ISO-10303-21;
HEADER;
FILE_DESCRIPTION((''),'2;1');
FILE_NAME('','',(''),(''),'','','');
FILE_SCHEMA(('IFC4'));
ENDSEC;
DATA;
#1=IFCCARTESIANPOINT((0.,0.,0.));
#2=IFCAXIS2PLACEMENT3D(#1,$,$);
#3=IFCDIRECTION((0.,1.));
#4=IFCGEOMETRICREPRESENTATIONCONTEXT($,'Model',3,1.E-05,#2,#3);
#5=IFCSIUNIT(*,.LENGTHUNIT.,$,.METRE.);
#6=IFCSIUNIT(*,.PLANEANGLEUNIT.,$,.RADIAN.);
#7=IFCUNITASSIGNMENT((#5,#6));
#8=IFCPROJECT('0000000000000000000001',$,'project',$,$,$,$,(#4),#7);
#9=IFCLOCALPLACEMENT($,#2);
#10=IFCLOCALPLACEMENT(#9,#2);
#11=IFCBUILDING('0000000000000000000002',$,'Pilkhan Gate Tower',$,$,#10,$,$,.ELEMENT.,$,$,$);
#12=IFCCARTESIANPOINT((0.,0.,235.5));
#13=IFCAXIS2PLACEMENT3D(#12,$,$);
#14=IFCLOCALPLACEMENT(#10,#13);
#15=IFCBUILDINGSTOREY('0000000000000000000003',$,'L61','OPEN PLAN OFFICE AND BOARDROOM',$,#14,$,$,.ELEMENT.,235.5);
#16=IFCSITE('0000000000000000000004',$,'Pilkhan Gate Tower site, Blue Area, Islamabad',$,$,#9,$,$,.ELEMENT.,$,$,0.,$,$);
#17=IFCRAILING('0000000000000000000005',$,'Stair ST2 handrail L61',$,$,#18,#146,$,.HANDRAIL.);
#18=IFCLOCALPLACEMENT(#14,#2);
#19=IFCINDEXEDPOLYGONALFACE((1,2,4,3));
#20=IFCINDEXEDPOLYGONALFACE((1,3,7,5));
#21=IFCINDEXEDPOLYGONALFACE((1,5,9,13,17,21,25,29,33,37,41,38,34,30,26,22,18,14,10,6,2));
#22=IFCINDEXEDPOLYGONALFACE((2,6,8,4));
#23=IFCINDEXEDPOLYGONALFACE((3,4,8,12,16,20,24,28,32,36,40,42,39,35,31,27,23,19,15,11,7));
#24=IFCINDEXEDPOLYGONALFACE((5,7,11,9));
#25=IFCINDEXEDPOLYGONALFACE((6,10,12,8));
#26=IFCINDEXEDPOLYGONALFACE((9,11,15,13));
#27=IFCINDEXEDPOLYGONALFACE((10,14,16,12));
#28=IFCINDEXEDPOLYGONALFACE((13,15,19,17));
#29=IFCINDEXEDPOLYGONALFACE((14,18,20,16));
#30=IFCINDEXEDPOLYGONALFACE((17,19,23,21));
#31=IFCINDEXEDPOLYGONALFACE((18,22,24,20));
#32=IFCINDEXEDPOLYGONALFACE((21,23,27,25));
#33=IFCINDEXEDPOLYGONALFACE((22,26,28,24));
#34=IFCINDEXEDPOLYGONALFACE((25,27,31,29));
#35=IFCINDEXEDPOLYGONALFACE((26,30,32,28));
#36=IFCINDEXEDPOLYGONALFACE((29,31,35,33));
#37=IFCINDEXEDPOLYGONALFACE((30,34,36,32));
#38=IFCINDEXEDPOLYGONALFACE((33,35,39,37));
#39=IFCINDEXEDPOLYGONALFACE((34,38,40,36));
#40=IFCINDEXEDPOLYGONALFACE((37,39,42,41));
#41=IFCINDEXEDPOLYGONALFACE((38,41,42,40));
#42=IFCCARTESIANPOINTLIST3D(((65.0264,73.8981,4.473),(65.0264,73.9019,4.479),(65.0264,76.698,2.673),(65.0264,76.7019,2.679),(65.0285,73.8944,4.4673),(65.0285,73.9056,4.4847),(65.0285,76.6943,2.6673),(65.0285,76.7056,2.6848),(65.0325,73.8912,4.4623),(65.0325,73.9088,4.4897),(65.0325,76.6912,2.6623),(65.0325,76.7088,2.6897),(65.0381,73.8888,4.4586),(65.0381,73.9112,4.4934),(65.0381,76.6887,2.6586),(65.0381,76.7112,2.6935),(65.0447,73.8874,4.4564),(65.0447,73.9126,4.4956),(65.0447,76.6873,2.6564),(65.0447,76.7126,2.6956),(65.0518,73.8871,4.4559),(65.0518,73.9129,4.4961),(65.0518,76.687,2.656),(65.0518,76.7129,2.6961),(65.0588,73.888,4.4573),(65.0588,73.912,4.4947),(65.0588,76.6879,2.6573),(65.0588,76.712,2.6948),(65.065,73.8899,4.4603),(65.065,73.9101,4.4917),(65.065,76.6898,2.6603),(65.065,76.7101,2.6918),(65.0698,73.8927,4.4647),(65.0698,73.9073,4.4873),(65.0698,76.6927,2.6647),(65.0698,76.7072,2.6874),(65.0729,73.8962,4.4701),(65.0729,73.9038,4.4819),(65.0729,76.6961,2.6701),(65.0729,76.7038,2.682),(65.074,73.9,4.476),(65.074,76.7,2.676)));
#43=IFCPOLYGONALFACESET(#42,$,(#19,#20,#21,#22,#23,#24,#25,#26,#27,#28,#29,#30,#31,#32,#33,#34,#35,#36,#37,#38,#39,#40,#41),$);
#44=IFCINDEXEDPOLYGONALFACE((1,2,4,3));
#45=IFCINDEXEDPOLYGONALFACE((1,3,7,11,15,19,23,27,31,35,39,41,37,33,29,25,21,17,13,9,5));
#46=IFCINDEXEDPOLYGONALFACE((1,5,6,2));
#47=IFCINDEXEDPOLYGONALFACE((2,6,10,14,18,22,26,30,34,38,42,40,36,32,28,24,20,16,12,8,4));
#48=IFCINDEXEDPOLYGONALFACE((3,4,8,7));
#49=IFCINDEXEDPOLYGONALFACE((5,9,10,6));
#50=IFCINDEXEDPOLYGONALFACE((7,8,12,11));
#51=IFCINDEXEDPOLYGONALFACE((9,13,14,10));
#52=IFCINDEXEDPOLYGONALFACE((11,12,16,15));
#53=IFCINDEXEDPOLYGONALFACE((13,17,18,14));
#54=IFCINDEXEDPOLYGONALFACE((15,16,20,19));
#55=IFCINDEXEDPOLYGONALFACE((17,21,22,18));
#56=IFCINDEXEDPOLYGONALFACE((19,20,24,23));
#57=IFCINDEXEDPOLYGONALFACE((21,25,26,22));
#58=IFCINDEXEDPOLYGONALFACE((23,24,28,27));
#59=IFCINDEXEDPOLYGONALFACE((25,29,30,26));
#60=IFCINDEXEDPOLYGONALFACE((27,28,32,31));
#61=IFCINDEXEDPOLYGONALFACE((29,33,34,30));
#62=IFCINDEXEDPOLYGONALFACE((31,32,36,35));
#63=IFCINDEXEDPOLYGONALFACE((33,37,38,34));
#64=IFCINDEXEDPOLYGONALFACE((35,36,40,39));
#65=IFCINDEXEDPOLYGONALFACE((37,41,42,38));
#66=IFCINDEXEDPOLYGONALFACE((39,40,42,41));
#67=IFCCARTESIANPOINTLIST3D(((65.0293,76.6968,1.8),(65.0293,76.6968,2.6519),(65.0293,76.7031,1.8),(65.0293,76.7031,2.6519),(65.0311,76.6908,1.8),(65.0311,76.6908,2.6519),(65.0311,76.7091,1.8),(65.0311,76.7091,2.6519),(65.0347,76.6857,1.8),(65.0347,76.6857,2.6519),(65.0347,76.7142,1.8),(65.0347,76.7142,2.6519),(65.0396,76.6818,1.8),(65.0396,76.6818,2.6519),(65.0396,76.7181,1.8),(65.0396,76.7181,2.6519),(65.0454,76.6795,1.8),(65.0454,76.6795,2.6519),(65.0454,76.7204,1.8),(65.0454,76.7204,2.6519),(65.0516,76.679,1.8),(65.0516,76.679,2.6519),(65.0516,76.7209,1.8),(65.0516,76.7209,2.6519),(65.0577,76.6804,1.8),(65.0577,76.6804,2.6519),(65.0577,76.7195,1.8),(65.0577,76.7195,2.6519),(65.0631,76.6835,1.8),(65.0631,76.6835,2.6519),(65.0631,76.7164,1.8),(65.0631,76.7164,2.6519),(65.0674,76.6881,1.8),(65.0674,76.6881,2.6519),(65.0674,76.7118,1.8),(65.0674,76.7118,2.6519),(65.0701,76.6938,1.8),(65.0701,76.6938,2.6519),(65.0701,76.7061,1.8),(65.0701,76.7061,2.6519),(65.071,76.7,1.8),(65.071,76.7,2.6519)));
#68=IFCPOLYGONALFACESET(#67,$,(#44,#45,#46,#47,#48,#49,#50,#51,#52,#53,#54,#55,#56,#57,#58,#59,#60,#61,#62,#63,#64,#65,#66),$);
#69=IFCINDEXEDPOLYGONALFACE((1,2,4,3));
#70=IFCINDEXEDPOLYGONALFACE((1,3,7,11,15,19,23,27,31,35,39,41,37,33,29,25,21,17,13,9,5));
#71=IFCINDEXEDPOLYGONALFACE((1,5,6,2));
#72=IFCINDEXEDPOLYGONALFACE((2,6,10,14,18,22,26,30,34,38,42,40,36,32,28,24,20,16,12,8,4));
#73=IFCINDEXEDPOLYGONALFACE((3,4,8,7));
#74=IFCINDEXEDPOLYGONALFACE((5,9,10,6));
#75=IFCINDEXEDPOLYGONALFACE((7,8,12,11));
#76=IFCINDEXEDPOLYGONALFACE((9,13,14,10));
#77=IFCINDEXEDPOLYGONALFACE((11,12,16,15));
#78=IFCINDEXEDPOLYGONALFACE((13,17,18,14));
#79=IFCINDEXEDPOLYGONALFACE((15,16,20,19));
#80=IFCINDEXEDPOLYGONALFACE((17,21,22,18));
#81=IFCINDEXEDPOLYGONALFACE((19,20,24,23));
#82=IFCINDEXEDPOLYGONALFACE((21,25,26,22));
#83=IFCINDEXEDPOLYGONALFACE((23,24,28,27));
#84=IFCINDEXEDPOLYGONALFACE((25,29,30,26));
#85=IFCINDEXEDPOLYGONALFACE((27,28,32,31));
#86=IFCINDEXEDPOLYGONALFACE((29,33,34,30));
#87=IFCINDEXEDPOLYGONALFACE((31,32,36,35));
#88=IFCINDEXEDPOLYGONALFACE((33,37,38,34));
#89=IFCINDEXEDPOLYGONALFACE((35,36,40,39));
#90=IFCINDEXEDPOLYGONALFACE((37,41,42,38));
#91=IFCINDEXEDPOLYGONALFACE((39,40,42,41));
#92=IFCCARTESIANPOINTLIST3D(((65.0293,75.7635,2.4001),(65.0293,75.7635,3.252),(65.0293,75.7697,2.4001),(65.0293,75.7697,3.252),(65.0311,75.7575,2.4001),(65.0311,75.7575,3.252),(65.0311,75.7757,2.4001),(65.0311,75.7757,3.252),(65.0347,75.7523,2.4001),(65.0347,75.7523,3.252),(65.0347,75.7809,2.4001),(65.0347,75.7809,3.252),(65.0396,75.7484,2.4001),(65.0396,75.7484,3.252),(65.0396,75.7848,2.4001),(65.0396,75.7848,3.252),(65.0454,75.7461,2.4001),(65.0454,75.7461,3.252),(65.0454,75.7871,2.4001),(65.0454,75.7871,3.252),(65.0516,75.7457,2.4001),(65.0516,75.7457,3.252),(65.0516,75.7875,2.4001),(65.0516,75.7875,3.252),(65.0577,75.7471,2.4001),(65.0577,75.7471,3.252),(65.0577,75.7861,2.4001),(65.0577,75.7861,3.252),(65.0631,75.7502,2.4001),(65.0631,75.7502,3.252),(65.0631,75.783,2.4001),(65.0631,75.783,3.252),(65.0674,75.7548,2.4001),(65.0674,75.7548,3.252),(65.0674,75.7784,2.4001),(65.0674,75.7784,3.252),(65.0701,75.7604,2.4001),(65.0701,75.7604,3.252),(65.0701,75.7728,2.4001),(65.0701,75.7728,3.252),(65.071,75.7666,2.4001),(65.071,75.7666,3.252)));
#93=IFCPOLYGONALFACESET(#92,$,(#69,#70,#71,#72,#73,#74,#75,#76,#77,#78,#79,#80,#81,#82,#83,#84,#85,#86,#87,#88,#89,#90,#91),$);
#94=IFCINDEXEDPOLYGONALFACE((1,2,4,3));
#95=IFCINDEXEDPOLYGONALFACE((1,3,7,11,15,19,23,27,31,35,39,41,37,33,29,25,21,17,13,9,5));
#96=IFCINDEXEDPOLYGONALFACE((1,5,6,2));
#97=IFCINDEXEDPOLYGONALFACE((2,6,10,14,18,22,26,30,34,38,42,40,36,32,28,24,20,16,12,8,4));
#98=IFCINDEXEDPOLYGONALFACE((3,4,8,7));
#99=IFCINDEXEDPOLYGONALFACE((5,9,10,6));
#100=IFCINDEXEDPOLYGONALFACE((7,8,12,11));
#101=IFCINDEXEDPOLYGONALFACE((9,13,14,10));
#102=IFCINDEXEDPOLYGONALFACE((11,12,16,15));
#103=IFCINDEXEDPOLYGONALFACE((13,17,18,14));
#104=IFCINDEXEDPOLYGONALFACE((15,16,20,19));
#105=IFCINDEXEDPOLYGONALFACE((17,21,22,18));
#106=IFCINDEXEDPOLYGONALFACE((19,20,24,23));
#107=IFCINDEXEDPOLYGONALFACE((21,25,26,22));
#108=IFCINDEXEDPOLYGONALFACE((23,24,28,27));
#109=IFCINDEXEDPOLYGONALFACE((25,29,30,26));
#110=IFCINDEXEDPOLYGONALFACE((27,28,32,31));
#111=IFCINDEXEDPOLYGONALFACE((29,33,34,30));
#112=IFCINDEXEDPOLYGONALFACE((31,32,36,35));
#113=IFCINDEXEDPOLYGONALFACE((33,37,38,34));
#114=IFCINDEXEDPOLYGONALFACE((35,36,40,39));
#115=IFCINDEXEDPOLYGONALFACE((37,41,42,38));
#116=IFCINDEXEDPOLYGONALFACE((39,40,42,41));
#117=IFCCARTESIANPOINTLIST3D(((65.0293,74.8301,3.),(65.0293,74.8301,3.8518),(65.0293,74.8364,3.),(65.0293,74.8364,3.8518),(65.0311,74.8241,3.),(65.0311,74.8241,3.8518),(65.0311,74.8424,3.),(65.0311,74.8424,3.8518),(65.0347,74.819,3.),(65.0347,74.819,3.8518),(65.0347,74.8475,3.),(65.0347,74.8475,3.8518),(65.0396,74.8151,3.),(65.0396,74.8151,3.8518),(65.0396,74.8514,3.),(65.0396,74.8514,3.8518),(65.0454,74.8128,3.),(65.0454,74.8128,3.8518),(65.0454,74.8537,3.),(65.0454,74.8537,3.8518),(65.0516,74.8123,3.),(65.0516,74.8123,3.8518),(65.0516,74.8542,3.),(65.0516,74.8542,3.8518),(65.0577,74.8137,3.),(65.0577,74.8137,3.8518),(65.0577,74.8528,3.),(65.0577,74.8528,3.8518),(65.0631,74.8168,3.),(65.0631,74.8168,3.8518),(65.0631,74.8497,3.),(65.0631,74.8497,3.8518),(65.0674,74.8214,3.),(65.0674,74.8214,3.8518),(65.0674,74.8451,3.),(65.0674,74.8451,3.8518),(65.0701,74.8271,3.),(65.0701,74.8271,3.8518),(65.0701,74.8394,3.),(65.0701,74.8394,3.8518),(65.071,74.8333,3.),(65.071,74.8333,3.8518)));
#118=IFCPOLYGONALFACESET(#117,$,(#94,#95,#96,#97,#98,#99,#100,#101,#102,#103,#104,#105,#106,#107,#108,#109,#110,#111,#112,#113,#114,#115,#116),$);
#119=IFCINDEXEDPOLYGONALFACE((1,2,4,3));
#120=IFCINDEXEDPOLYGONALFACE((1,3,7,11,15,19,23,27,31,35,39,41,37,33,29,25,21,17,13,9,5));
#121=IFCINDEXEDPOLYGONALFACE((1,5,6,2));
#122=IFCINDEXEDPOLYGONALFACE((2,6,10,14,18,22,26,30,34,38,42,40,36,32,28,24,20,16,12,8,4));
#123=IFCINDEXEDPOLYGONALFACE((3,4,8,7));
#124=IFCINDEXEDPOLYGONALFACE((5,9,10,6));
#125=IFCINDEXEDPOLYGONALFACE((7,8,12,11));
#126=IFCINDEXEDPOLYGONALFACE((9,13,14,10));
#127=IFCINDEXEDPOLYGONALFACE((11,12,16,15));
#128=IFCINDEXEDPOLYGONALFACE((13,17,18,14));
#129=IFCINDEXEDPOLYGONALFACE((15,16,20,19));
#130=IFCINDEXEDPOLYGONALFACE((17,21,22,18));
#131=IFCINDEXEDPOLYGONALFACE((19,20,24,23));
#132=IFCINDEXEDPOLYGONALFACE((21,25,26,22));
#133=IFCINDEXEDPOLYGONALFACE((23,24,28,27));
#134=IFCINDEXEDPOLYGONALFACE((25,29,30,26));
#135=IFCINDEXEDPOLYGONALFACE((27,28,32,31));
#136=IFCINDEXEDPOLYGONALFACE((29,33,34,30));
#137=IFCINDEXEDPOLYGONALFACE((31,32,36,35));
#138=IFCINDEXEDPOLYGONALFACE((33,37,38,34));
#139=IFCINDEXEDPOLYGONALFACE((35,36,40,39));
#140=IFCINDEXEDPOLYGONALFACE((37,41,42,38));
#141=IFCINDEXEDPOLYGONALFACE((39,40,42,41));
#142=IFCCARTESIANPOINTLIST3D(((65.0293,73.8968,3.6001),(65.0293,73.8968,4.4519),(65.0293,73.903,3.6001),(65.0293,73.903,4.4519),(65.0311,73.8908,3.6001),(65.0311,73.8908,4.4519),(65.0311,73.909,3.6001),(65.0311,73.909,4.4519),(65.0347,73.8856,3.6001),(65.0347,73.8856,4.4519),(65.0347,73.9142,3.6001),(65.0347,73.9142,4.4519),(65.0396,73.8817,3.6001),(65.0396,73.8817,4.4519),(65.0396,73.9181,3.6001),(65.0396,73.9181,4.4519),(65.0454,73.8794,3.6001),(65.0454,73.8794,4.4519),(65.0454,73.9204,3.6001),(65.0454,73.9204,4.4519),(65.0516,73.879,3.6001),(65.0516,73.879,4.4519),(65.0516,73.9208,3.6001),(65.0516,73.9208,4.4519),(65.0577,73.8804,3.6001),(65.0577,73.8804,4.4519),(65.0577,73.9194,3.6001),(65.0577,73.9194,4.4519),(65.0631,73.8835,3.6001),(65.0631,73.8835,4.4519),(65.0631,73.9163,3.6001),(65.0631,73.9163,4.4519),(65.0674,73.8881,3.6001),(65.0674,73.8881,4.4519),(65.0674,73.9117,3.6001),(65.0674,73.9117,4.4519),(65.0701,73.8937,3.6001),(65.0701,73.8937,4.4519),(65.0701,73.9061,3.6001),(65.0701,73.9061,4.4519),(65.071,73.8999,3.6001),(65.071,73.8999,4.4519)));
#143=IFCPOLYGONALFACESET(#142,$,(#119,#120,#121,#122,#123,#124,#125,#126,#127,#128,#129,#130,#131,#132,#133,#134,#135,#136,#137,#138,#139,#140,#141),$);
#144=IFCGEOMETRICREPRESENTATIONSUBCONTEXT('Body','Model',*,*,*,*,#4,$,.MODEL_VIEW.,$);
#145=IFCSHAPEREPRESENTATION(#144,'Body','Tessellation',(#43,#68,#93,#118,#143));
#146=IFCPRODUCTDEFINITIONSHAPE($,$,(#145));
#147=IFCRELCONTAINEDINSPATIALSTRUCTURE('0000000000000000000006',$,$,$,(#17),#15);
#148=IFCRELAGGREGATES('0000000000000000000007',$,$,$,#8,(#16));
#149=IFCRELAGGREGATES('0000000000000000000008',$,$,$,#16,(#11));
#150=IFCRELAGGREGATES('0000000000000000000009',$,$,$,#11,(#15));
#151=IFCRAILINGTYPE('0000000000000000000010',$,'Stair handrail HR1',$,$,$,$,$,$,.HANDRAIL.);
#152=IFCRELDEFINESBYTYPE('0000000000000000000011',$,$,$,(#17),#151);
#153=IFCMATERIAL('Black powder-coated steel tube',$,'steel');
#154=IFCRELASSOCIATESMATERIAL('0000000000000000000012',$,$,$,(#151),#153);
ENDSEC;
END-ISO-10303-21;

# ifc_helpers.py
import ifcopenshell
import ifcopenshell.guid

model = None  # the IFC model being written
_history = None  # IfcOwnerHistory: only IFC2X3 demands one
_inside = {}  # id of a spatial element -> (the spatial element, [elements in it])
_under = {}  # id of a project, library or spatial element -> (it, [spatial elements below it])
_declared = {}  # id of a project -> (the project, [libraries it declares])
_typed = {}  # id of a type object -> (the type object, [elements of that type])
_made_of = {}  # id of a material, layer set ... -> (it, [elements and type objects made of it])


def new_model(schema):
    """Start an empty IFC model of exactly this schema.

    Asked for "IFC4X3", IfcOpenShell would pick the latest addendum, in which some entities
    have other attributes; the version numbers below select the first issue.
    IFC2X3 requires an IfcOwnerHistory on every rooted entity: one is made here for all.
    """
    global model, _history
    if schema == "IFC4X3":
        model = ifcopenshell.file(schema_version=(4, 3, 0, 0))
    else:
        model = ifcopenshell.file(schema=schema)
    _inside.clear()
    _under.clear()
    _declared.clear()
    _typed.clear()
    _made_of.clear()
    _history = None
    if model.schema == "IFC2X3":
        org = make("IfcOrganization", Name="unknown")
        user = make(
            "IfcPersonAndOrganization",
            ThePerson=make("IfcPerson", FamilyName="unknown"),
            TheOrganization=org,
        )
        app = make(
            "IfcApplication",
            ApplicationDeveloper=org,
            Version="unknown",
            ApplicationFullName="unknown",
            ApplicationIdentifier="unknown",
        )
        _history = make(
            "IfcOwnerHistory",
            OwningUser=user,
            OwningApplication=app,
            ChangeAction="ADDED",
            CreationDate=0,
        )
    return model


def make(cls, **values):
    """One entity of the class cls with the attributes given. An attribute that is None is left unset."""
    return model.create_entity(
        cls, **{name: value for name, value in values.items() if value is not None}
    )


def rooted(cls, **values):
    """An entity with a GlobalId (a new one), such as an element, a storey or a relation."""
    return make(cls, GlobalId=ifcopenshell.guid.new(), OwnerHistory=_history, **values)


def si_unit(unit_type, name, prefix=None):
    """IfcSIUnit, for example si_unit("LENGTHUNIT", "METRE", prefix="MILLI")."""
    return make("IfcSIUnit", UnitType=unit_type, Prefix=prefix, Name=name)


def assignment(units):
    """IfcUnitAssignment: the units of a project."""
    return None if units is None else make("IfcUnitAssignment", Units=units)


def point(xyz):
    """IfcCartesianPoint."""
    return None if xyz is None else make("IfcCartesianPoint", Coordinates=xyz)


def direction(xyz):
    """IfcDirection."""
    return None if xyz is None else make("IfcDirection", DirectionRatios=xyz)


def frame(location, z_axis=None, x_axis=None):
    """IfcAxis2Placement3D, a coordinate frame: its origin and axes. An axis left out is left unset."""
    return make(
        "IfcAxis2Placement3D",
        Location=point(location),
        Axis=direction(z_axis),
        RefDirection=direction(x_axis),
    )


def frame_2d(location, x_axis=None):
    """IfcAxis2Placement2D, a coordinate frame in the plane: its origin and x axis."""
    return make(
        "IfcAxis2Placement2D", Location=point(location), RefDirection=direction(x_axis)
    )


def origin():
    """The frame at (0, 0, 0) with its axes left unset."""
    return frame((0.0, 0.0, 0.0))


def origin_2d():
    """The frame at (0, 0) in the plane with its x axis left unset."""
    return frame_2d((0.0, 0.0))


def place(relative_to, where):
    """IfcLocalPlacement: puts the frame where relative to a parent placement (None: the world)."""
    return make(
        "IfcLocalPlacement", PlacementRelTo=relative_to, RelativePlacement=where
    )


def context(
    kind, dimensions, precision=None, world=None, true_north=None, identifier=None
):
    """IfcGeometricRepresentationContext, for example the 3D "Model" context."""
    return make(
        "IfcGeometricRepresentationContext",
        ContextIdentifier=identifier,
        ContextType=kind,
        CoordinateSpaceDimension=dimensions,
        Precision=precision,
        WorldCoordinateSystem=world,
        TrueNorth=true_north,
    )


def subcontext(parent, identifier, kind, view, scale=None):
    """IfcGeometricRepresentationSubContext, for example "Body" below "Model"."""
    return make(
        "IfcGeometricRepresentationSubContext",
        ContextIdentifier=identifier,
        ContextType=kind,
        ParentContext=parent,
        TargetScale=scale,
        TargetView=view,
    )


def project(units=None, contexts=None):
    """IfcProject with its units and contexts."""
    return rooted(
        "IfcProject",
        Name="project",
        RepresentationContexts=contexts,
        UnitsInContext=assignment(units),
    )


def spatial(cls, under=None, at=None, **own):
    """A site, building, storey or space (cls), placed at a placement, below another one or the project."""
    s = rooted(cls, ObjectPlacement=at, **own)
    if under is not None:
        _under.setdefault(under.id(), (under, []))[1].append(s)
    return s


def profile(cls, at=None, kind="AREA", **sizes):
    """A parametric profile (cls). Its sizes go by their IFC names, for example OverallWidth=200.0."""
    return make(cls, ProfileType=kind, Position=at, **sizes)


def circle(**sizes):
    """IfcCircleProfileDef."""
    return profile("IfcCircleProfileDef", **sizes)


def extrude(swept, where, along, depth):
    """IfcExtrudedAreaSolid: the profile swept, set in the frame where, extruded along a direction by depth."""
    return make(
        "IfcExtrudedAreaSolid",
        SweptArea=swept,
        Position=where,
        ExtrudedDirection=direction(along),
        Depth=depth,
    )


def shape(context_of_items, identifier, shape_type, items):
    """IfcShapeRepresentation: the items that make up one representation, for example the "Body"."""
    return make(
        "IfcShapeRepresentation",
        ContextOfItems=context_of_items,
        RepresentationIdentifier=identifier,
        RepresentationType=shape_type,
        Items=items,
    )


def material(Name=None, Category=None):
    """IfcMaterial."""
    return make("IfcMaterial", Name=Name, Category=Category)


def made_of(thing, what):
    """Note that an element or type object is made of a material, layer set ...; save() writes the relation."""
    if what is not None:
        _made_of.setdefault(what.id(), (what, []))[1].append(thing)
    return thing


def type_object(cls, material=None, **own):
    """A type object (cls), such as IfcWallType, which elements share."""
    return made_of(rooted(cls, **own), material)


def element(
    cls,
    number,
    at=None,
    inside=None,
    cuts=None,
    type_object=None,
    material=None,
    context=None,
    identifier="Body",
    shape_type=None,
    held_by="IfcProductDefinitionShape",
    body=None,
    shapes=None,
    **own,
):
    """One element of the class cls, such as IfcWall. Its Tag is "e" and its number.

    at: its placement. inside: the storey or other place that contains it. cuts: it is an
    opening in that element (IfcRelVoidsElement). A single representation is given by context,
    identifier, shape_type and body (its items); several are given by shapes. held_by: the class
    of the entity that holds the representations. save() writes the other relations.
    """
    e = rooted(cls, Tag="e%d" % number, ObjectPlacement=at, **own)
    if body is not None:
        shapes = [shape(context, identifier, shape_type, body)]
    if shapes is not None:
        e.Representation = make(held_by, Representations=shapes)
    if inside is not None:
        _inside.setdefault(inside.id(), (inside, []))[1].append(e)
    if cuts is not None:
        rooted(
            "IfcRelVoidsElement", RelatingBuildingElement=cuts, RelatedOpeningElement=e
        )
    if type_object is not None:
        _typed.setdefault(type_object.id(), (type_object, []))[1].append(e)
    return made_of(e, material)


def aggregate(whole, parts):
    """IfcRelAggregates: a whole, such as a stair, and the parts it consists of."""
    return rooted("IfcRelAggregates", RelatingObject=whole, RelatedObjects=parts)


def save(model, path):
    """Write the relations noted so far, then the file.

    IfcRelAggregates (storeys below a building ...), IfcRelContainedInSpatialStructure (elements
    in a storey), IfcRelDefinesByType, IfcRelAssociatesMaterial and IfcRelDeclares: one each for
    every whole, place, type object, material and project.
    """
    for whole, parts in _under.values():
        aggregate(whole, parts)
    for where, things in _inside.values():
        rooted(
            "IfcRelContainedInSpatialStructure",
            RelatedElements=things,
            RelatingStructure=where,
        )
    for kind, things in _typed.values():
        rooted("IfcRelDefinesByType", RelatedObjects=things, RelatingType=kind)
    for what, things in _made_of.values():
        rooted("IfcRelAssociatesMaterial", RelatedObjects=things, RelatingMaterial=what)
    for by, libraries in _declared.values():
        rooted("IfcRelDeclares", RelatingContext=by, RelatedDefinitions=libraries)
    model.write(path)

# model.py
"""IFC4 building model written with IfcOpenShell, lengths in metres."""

from ifc_helpers import new_model, si_unit, direction, frame, origin, origin_2d, place, context, subcontext, project, spatial, circle, extrude, material, type_object, element, save


model = new_model("IFC4")

# Units and contexts
model_context = context("Model", 3, precision=1e-05, world=origin(), true_north=direction((0.0, 1.0)))
body_context = subcontext(model_context, "Body", "Model", "MODEL_VIEW")
ifc_project = project(units=[si_unit("LENGTHUNIT", "METRE"), si_unit("PLANEANGLEUNIT", "RADIAN")], contexts=[model_context])

# Site, building, storey
site_placement = place(None, origin())
site = spatial("IfcSite", under=ifc_project, at=site_placement, Name="Pilkhan Gate Tower site, Blue Area, Islamabad", CompositionType="ELEMENT", RefElevation=0.0)
building_placement = place(site_placement, origin())
building = spatial("IfcBuilding", under=site, at=building_placement, Name="Pilkhan Gate Tower", CompositionType="ELEMENT")
storey_placement = place(building_placement, frame((0.0, 0.0, 235.5)))
storey = spatial("IfcBuildingStorey", under=building, at=storey_placement, Name="L61", Description="OPEN PLAN OFFICE AND BOARDROOM", CompositionType="ELEMENT", Elevation=235.5)

# Railing
ifc_material_1 = material(Name="Black powder-coated steel tube", Category="steel")
railing_type_1 = type_object("IfcRailingType", Name="Stair handrail HR1", PredefinedType="HANDRAIL", material=ifc_material_1)
railing_1_placement = place(storey_placement, frame((65.05, 76.7, 1.8)))
element("IfcRailing", 1, at=railing_1_placement, inside=storey, type_object=railing_type_1, Name="Stair ST2 handrail L61", PredefinedType="HANDRAIL", context=body_context, shape_type="SweptSolid", body=[
    extrude(circle(Radius=0.0239, at=origin_2d()), frame((0.0, 0.0, 0.876), z_axis=(0.0, -0.841176, 0.540761), x_axis=(1.0, 0.0, 0.0)), (0.0, 0.0, 1.0), 3.3286),
    extrude(circle(Radius=0.021, at=origin_2d()), origin(), (0.0, 0.0, 1.0), 0.8518),
    extrude(circle(Radius=0.021, at=origin_2d()), frame((0.0, -0.9333, 0.6001)), (0.0, 0.0, 1.0), 0.8518),
    extrude(circle(Radius=0.021, at=origin_2d()), frame((0.0, -1.8667, 1.2)), (0.0, 0.0, 1.0), 0.8518),
    extrude(circle(Radius=0.021, at=origin_2d()), frame((0.0, -2.8, 1.8)), (0.0, 0.0, 1.0), 0.8518),
])

save(model, "model.ifc")
